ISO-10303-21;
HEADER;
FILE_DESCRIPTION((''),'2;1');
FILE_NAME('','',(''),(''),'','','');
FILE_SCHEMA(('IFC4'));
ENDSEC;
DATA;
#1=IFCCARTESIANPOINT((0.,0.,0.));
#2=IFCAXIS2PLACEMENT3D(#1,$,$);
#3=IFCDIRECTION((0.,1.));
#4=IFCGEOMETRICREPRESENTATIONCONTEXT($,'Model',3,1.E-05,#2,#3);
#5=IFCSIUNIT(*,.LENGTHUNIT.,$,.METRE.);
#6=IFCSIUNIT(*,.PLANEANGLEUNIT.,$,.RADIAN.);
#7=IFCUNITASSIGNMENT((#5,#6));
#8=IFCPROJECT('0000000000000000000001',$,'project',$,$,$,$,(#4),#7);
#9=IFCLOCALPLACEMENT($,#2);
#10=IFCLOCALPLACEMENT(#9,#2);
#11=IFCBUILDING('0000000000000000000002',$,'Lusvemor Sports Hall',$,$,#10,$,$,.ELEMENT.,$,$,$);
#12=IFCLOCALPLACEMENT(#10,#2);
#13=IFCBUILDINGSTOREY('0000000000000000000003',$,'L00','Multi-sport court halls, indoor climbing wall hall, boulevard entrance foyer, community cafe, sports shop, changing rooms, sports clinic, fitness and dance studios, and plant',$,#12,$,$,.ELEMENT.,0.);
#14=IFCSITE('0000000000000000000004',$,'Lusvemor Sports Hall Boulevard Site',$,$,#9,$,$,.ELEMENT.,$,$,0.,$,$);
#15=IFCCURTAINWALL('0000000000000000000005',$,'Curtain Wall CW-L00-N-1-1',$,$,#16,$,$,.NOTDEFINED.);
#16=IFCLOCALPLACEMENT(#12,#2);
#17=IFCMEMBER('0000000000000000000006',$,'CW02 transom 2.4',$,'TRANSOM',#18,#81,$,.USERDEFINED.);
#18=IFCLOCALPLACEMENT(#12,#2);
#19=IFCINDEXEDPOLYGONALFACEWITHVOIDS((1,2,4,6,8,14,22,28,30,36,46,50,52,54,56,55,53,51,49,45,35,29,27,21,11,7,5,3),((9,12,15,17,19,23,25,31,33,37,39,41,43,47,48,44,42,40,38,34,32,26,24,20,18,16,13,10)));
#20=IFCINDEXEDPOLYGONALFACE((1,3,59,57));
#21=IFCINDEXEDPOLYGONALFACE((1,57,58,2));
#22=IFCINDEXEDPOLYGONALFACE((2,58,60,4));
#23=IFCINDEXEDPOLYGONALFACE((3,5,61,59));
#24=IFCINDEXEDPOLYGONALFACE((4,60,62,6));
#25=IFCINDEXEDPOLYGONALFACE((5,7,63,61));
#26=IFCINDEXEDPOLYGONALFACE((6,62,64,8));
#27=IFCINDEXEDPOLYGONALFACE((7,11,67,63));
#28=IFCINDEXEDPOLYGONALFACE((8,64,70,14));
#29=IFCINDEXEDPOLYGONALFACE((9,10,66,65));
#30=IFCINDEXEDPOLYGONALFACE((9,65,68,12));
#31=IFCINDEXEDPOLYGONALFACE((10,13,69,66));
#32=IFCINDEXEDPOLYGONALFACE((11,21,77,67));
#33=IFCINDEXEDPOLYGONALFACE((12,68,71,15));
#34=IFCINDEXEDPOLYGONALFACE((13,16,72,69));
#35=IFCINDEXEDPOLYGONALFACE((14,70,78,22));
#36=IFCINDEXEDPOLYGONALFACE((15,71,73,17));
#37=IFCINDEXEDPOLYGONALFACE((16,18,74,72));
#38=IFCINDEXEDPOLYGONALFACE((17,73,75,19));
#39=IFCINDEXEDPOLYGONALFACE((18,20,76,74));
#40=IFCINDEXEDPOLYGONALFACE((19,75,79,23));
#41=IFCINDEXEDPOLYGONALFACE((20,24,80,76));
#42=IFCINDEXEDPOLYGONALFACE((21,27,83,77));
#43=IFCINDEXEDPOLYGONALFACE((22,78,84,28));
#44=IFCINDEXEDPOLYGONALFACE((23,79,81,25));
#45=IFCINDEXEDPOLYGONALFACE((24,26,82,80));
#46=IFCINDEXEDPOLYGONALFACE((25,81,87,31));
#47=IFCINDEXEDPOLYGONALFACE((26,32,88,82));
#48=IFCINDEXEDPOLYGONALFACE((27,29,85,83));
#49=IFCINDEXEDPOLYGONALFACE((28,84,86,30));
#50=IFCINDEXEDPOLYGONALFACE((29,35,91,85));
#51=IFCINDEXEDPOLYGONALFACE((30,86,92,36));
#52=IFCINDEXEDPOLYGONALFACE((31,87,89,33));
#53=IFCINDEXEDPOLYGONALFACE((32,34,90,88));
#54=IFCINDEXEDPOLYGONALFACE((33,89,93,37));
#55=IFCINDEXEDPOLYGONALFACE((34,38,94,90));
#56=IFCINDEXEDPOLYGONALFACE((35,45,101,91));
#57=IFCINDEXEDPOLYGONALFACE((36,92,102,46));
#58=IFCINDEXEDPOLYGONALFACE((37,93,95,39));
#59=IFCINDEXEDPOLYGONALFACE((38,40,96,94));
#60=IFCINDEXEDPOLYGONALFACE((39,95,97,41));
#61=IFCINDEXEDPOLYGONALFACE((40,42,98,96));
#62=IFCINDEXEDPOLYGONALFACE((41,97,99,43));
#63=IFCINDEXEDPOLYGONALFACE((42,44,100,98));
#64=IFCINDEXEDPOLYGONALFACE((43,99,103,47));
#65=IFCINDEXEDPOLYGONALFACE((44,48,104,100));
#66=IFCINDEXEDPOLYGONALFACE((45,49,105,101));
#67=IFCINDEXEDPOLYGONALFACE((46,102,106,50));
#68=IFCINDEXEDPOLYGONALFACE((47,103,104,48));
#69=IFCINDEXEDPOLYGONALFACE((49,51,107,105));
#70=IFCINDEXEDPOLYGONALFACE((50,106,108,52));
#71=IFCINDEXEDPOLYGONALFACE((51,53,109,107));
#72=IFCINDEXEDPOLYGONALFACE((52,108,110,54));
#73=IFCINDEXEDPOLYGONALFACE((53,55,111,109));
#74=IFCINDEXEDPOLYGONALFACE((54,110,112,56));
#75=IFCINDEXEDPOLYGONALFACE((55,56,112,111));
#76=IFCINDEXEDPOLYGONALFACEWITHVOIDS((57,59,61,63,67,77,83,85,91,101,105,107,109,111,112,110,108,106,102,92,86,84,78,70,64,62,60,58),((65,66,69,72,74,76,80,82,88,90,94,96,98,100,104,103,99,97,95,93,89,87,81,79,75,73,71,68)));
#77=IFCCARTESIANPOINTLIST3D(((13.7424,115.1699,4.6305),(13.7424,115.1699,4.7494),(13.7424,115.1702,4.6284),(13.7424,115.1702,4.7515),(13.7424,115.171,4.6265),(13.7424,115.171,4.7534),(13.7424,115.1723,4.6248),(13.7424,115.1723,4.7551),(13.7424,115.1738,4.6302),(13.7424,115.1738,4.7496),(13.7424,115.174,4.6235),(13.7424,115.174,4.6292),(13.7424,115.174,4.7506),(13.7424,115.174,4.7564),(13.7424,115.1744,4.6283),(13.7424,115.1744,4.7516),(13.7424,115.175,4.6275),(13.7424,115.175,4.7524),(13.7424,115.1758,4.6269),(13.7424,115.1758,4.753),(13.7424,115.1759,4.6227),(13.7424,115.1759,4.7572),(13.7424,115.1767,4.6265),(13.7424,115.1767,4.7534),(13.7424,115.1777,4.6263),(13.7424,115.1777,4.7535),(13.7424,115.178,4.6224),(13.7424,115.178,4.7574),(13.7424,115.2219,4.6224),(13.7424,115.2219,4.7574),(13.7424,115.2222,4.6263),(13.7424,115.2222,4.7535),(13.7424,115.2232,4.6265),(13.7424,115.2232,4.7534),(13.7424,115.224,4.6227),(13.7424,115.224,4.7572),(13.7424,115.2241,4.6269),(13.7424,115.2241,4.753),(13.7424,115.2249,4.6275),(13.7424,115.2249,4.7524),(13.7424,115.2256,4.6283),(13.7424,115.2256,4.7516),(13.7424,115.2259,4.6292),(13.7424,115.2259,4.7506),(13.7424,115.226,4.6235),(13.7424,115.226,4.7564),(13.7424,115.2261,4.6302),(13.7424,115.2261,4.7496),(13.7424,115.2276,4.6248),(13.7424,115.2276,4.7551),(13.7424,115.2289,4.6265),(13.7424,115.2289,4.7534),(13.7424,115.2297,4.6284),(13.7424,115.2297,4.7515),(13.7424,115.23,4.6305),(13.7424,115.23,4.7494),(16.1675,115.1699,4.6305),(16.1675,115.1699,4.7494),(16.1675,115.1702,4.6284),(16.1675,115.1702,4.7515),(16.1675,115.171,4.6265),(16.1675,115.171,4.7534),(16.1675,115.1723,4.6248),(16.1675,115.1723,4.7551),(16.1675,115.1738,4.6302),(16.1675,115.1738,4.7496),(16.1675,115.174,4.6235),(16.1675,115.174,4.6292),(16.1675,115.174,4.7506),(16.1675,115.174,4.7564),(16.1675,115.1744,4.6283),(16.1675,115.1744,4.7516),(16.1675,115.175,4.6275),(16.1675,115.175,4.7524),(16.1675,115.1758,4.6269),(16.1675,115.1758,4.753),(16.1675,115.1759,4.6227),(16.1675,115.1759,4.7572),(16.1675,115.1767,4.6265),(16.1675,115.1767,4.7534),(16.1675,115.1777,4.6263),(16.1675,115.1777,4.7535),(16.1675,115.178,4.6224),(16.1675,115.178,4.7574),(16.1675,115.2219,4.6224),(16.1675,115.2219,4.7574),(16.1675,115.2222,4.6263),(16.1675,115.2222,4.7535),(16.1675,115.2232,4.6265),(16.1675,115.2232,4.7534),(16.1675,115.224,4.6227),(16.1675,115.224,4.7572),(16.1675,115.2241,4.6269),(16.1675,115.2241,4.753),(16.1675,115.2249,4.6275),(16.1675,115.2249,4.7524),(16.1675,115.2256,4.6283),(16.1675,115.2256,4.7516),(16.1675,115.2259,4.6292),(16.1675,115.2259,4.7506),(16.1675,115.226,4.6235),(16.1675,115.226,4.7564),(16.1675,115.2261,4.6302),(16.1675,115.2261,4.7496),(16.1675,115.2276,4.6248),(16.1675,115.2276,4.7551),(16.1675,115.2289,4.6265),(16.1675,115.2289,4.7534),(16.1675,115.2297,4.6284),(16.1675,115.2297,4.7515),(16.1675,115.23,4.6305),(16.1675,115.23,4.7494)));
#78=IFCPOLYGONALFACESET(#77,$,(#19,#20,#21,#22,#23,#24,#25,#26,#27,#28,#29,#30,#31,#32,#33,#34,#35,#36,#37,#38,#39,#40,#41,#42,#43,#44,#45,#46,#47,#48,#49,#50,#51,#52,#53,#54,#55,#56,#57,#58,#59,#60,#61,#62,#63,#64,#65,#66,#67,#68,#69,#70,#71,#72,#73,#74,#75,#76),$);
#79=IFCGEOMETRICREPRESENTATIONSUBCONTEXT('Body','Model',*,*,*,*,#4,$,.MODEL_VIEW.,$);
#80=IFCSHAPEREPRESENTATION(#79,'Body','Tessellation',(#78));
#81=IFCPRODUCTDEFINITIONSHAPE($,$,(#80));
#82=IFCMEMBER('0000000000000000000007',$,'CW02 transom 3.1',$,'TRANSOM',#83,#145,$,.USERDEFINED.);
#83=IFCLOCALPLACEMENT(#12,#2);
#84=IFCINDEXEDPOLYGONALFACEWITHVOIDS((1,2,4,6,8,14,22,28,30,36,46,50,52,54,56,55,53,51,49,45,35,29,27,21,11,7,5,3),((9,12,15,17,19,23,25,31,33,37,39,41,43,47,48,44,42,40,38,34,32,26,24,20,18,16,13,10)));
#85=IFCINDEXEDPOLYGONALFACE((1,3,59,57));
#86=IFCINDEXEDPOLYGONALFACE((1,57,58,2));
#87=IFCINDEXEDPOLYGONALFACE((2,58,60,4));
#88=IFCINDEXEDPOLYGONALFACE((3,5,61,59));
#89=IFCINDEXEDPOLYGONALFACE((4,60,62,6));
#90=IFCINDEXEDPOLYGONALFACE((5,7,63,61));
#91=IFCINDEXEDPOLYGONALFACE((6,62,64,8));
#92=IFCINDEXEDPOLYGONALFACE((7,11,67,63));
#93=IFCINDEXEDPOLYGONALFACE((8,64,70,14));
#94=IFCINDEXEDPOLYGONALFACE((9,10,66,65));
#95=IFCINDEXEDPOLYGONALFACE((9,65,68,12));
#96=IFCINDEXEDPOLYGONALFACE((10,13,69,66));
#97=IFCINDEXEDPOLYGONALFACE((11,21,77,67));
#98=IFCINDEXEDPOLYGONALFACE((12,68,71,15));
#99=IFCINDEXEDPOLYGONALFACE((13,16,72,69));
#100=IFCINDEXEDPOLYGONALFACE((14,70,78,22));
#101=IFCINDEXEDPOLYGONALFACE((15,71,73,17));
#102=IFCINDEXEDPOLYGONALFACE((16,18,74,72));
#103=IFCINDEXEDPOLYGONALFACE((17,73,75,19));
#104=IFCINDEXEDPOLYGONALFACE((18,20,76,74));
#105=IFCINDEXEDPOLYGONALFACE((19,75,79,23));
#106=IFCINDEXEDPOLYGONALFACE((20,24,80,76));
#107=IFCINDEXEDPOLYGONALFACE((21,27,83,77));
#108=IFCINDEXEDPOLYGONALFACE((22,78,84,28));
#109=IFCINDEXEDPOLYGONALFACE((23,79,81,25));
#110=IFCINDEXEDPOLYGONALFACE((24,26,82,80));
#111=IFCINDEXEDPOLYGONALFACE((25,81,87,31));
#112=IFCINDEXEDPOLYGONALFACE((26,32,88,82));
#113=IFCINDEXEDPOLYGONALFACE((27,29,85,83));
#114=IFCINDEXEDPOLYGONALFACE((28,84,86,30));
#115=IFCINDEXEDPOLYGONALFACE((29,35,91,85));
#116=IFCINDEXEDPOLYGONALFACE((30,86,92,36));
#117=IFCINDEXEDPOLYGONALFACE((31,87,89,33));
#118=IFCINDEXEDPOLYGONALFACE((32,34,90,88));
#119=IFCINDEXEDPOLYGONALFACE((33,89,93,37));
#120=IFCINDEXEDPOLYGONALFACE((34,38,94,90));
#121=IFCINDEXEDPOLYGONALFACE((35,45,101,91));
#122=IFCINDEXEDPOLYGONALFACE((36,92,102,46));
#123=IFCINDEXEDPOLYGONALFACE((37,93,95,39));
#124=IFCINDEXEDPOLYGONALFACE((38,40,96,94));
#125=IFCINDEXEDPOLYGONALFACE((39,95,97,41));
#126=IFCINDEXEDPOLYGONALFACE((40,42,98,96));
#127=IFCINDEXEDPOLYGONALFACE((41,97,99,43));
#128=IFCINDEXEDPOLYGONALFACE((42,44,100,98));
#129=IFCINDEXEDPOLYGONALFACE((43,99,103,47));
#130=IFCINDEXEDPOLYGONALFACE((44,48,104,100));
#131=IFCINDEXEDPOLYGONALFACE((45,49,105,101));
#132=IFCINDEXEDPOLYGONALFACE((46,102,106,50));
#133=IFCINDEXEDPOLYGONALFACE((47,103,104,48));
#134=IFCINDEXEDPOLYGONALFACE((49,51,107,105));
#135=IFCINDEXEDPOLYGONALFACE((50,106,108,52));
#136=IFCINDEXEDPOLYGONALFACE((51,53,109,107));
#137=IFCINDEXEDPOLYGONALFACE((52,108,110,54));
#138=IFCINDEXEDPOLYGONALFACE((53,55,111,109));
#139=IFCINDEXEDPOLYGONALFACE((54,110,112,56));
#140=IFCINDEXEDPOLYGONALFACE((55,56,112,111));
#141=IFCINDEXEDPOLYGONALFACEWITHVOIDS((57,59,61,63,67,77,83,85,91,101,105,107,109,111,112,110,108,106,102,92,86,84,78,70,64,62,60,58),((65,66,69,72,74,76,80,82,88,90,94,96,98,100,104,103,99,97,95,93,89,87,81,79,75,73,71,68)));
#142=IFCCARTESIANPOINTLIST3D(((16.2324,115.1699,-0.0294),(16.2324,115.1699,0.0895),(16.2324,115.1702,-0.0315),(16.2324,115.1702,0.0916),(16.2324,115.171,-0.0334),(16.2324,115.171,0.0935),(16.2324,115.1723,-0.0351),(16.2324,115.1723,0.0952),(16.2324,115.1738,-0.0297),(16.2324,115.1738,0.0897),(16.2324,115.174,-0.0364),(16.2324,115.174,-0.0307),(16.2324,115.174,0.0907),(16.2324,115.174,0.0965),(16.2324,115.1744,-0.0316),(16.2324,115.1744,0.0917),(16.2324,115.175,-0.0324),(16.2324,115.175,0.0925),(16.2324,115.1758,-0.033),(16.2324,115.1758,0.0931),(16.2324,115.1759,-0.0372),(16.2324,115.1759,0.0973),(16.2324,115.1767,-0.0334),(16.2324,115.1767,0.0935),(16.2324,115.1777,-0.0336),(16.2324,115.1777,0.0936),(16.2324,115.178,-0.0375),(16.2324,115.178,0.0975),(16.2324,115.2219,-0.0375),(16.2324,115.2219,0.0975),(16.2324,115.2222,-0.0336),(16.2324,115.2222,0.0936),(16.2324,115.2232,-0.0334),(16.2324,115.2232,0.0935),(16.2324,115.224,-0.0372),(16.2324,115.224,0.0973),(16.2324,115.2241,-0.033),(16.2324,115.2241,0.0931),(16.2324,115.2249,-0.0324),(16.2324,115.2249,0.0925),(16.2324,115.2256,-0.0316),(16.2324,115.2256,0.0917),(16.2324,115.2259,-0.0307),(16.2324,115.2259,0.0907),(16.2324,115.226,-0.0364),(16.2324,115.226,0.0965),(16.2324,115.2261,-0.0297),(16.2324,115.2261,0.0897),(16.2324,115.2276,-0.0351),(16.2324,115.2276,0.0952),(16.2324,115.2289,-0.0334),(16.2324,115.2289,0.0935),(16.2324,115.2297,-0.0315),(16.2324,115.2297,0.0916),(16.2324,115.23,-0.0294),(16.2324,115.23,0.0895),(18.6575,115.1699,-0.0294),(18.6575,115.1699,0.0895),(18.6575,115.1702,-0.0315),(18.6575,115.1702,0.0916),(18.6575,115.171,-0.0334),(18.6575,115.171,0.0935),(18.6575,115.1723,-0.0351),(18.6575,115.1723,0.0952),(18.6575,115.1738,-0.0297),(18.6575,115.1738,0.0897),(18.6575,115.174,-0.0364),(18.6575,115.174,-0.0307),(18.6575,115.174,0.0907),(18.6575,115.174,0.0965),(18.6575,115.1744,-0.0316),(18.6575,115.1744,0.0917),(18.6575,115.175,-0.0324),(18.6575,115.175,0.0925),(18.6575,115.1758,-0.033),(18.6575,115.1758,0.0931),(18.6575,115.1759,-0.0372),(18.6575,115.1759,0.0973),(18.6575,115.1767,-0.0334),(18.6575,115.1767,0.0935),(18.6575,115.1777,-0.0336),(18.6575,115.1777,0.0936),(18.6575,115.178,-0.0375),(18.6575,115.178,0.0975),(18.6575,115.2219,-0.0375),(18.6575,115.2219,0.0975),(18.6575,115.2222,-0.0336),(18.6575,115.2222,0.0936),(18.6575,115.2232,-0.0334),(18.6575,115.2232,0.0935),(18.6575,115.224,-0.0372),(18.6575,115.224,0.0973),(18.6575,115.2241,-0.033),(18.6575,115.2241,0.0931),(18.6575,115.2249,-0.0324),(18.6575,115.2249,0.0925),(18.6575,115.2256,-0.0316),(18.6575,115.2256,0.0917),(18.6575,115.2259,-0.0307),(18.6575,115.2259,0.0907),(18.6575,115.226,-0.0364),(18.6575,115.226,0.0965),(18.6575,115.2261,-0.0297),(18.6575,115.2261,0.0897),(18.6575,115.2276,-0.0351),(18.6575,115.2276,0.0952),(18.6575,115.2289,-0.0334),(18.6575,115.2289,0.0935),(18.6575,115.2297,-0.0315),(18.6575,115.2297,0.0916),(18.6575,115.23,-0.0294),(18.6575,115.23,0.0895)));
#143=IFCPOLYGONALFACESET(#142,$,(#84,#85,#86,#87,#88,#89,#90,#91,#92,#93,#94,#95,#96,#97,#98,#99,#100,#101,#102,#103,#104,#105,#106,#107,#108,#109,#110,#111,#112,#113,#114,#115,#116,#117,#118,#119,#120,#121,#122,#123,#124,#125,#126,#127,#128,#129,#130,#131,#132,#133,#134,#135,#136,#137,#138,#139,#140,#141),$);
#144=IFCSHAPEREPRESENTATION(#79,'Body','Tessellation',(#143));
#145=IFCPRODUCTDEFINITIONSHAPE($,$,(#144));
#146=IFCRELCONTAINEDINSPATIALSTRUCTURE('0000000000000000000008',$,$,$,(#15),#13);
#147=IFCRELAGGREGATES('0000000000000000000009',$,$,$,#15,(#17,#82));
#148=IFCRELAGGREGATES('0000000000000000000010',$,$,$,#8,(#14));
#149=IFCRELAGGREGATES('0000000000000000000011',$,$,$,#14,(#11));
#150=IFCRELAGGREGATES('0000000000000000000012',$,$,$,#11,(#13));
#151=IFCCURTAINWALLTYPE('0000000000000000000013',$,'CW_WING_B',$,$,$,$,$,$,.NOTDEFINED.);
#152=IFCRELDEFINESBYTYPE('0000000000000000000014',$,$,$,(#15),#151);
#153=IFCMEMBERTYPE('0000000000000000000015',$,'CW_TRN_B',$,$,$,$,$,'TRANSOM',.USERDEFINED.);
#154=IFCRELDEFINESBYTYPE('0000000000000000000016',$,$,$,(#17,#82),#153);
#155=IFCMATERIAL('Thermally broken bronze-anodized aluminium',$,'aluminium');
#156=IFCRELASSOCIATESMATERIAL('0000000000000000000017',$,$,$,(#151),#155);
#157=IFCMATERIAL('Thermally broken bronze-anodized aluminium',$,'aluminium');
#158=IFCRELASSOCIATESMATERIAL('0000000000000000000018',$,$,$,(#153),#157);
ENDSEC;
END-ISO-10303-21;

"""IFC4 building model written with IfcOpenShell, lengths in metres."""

from ifc_helpers import new_model, si_unit, direction, frame, origin, origin_2d, place, context, subcontext, project, spatial, hollow_rectangle, extrude, material, material_profile, profile_set, type_object, element, aggregate, save


model = new_model("IFC4")

# Units and contexts
model_context = context("Model", 3, precision=1e-05, world=origin(), true_north=direction((0.0, 1.0)))
body_context = subcontext(model_context, "Body", "Model", "MODEL_VIEW")
ifc_project = project(units=[si_unit("LENGTHUNIT", "METRE"), si_unit("PLANEANGLEUNIT", "RADIAN")], contexts=[model_context])

# Site, building, storey
site_placement = place(None, origin())
site = spatial("IfcSite", under=ifc_project, at=site_placement, Name="Lusvemor Sports Hall Boulevard Site", CompositionType="ELEMENT", RefElevation=0.0)
building_placement = place(site_placement, origin())
building = spatial("IfcBuilding", under=site, at=building_placement, Name="Lusvemor Sports Hall", CompositionType="ELEMENT")
storey_placement = place(building_placement, origin())
storey = spatial("IfcBuildingStorey", under=building, at=storey_placement, Name="L00", Description="Multi-sport court halls, indoor climbing wall hall, boulevard entrance foyer, community cafe, sports shop, changing rooms, sports clinic, fitness and dance studios, and plant", CompositionType="ELEMENT", Elevation=0.0)

# Curtain wall, members
ifc_material_1 = material(Name="Thermally broken bronze-anodized aluminium", Category="aluminium")
curtain_wall_type = type_object("IfcCurtainWallType", Name="CW_WING_B", PredefinedType="NOTDEFINED", material=ifc_material_1)
curtain_wall_placement = place(storey_placement, origin())
curtain_wall = element("IfcCurtainWall", 1, at=curtain_wall_placement, inside=storey, type_object=curtain_wall_type, Name="Curtain Wall CW-L00-N-1-1", PredefinedType="NOTDEFINED")
ifc_material_2 = material(Name="Thermally broken bronze-anodized aluminium", Category="aluminium")
ifc_material_profile_1 = material_profile(ifc_material_2, hollow_rectangle(XDim=0.0601, YDim=0.135, WallThickness=0.0039, InnerFilletRadius=0.0039, OuterFilletRadius=0.0081, at=origin_2d()), Name="CWTRN135x60x4")
ifc_profile_set_1 = profile_set([ifc_material_profile_1], Name="Thermally broken bronze-anodized aluminium")
member_type_1 = type_object("IfcMemberType", Name="CW_TRN_B", ElementType="TRANSOM", PredefinedType="USERDEFINED", material=ifc_profile_set_1)
member_1_placement = place(storey_placement, frame((13.7424, 115.2, 4.6899), z_axis=(1.0, 0.0, 0.0), x_axis=(0.0, 1.0, 0.0)))
member_1 = element("IfcMember", 2, at=member_1_placement, type_object=member_type_1, Name="CW02 transom 2.4", ObjectType="TRANSOM", PredefinedType="USERDEFINED", context=body_context, shape_type="SweptSolid", body=[
    extrude(hollow_rectangle(XDim=0.0601, YDim=0.135, WallThickness=0.0039, InnerFilletRadius=0.0039, OuterFilletRadius=0.0081, at=origin_2d()), origin(), (0.0, 0.0, 1.0), 2.425),
])
member_2_placement = place(storey_placement, frame((16.2324, 115.2, 0.03), z_axis=(1.0, 0.0, 0.0), x_axis=(0.0, 1.0, 0.0)))
member_2 = element("IfcMember", 3, at=member_2_placement, type_object=member_type_1, Name="CW02 transom 3.1", ObjectType="TRANSOM", PredefinedType="USERDEFINED", context=body_context, shape_type="SweptSolid", body=[
    extrude(hollow_rectangle(XDim=0.0601, YDim=0.135, WallThickness=0.0039, InnerFilletRadius=0.0039, OuterFilletRadius=0.0081, at=origin_2d()), origin(), (0.0, 0.0, 1.0), 2.425),
])
aggregate(curtain_wall, [member_1, member_2])

save(model, "model.ifc")
